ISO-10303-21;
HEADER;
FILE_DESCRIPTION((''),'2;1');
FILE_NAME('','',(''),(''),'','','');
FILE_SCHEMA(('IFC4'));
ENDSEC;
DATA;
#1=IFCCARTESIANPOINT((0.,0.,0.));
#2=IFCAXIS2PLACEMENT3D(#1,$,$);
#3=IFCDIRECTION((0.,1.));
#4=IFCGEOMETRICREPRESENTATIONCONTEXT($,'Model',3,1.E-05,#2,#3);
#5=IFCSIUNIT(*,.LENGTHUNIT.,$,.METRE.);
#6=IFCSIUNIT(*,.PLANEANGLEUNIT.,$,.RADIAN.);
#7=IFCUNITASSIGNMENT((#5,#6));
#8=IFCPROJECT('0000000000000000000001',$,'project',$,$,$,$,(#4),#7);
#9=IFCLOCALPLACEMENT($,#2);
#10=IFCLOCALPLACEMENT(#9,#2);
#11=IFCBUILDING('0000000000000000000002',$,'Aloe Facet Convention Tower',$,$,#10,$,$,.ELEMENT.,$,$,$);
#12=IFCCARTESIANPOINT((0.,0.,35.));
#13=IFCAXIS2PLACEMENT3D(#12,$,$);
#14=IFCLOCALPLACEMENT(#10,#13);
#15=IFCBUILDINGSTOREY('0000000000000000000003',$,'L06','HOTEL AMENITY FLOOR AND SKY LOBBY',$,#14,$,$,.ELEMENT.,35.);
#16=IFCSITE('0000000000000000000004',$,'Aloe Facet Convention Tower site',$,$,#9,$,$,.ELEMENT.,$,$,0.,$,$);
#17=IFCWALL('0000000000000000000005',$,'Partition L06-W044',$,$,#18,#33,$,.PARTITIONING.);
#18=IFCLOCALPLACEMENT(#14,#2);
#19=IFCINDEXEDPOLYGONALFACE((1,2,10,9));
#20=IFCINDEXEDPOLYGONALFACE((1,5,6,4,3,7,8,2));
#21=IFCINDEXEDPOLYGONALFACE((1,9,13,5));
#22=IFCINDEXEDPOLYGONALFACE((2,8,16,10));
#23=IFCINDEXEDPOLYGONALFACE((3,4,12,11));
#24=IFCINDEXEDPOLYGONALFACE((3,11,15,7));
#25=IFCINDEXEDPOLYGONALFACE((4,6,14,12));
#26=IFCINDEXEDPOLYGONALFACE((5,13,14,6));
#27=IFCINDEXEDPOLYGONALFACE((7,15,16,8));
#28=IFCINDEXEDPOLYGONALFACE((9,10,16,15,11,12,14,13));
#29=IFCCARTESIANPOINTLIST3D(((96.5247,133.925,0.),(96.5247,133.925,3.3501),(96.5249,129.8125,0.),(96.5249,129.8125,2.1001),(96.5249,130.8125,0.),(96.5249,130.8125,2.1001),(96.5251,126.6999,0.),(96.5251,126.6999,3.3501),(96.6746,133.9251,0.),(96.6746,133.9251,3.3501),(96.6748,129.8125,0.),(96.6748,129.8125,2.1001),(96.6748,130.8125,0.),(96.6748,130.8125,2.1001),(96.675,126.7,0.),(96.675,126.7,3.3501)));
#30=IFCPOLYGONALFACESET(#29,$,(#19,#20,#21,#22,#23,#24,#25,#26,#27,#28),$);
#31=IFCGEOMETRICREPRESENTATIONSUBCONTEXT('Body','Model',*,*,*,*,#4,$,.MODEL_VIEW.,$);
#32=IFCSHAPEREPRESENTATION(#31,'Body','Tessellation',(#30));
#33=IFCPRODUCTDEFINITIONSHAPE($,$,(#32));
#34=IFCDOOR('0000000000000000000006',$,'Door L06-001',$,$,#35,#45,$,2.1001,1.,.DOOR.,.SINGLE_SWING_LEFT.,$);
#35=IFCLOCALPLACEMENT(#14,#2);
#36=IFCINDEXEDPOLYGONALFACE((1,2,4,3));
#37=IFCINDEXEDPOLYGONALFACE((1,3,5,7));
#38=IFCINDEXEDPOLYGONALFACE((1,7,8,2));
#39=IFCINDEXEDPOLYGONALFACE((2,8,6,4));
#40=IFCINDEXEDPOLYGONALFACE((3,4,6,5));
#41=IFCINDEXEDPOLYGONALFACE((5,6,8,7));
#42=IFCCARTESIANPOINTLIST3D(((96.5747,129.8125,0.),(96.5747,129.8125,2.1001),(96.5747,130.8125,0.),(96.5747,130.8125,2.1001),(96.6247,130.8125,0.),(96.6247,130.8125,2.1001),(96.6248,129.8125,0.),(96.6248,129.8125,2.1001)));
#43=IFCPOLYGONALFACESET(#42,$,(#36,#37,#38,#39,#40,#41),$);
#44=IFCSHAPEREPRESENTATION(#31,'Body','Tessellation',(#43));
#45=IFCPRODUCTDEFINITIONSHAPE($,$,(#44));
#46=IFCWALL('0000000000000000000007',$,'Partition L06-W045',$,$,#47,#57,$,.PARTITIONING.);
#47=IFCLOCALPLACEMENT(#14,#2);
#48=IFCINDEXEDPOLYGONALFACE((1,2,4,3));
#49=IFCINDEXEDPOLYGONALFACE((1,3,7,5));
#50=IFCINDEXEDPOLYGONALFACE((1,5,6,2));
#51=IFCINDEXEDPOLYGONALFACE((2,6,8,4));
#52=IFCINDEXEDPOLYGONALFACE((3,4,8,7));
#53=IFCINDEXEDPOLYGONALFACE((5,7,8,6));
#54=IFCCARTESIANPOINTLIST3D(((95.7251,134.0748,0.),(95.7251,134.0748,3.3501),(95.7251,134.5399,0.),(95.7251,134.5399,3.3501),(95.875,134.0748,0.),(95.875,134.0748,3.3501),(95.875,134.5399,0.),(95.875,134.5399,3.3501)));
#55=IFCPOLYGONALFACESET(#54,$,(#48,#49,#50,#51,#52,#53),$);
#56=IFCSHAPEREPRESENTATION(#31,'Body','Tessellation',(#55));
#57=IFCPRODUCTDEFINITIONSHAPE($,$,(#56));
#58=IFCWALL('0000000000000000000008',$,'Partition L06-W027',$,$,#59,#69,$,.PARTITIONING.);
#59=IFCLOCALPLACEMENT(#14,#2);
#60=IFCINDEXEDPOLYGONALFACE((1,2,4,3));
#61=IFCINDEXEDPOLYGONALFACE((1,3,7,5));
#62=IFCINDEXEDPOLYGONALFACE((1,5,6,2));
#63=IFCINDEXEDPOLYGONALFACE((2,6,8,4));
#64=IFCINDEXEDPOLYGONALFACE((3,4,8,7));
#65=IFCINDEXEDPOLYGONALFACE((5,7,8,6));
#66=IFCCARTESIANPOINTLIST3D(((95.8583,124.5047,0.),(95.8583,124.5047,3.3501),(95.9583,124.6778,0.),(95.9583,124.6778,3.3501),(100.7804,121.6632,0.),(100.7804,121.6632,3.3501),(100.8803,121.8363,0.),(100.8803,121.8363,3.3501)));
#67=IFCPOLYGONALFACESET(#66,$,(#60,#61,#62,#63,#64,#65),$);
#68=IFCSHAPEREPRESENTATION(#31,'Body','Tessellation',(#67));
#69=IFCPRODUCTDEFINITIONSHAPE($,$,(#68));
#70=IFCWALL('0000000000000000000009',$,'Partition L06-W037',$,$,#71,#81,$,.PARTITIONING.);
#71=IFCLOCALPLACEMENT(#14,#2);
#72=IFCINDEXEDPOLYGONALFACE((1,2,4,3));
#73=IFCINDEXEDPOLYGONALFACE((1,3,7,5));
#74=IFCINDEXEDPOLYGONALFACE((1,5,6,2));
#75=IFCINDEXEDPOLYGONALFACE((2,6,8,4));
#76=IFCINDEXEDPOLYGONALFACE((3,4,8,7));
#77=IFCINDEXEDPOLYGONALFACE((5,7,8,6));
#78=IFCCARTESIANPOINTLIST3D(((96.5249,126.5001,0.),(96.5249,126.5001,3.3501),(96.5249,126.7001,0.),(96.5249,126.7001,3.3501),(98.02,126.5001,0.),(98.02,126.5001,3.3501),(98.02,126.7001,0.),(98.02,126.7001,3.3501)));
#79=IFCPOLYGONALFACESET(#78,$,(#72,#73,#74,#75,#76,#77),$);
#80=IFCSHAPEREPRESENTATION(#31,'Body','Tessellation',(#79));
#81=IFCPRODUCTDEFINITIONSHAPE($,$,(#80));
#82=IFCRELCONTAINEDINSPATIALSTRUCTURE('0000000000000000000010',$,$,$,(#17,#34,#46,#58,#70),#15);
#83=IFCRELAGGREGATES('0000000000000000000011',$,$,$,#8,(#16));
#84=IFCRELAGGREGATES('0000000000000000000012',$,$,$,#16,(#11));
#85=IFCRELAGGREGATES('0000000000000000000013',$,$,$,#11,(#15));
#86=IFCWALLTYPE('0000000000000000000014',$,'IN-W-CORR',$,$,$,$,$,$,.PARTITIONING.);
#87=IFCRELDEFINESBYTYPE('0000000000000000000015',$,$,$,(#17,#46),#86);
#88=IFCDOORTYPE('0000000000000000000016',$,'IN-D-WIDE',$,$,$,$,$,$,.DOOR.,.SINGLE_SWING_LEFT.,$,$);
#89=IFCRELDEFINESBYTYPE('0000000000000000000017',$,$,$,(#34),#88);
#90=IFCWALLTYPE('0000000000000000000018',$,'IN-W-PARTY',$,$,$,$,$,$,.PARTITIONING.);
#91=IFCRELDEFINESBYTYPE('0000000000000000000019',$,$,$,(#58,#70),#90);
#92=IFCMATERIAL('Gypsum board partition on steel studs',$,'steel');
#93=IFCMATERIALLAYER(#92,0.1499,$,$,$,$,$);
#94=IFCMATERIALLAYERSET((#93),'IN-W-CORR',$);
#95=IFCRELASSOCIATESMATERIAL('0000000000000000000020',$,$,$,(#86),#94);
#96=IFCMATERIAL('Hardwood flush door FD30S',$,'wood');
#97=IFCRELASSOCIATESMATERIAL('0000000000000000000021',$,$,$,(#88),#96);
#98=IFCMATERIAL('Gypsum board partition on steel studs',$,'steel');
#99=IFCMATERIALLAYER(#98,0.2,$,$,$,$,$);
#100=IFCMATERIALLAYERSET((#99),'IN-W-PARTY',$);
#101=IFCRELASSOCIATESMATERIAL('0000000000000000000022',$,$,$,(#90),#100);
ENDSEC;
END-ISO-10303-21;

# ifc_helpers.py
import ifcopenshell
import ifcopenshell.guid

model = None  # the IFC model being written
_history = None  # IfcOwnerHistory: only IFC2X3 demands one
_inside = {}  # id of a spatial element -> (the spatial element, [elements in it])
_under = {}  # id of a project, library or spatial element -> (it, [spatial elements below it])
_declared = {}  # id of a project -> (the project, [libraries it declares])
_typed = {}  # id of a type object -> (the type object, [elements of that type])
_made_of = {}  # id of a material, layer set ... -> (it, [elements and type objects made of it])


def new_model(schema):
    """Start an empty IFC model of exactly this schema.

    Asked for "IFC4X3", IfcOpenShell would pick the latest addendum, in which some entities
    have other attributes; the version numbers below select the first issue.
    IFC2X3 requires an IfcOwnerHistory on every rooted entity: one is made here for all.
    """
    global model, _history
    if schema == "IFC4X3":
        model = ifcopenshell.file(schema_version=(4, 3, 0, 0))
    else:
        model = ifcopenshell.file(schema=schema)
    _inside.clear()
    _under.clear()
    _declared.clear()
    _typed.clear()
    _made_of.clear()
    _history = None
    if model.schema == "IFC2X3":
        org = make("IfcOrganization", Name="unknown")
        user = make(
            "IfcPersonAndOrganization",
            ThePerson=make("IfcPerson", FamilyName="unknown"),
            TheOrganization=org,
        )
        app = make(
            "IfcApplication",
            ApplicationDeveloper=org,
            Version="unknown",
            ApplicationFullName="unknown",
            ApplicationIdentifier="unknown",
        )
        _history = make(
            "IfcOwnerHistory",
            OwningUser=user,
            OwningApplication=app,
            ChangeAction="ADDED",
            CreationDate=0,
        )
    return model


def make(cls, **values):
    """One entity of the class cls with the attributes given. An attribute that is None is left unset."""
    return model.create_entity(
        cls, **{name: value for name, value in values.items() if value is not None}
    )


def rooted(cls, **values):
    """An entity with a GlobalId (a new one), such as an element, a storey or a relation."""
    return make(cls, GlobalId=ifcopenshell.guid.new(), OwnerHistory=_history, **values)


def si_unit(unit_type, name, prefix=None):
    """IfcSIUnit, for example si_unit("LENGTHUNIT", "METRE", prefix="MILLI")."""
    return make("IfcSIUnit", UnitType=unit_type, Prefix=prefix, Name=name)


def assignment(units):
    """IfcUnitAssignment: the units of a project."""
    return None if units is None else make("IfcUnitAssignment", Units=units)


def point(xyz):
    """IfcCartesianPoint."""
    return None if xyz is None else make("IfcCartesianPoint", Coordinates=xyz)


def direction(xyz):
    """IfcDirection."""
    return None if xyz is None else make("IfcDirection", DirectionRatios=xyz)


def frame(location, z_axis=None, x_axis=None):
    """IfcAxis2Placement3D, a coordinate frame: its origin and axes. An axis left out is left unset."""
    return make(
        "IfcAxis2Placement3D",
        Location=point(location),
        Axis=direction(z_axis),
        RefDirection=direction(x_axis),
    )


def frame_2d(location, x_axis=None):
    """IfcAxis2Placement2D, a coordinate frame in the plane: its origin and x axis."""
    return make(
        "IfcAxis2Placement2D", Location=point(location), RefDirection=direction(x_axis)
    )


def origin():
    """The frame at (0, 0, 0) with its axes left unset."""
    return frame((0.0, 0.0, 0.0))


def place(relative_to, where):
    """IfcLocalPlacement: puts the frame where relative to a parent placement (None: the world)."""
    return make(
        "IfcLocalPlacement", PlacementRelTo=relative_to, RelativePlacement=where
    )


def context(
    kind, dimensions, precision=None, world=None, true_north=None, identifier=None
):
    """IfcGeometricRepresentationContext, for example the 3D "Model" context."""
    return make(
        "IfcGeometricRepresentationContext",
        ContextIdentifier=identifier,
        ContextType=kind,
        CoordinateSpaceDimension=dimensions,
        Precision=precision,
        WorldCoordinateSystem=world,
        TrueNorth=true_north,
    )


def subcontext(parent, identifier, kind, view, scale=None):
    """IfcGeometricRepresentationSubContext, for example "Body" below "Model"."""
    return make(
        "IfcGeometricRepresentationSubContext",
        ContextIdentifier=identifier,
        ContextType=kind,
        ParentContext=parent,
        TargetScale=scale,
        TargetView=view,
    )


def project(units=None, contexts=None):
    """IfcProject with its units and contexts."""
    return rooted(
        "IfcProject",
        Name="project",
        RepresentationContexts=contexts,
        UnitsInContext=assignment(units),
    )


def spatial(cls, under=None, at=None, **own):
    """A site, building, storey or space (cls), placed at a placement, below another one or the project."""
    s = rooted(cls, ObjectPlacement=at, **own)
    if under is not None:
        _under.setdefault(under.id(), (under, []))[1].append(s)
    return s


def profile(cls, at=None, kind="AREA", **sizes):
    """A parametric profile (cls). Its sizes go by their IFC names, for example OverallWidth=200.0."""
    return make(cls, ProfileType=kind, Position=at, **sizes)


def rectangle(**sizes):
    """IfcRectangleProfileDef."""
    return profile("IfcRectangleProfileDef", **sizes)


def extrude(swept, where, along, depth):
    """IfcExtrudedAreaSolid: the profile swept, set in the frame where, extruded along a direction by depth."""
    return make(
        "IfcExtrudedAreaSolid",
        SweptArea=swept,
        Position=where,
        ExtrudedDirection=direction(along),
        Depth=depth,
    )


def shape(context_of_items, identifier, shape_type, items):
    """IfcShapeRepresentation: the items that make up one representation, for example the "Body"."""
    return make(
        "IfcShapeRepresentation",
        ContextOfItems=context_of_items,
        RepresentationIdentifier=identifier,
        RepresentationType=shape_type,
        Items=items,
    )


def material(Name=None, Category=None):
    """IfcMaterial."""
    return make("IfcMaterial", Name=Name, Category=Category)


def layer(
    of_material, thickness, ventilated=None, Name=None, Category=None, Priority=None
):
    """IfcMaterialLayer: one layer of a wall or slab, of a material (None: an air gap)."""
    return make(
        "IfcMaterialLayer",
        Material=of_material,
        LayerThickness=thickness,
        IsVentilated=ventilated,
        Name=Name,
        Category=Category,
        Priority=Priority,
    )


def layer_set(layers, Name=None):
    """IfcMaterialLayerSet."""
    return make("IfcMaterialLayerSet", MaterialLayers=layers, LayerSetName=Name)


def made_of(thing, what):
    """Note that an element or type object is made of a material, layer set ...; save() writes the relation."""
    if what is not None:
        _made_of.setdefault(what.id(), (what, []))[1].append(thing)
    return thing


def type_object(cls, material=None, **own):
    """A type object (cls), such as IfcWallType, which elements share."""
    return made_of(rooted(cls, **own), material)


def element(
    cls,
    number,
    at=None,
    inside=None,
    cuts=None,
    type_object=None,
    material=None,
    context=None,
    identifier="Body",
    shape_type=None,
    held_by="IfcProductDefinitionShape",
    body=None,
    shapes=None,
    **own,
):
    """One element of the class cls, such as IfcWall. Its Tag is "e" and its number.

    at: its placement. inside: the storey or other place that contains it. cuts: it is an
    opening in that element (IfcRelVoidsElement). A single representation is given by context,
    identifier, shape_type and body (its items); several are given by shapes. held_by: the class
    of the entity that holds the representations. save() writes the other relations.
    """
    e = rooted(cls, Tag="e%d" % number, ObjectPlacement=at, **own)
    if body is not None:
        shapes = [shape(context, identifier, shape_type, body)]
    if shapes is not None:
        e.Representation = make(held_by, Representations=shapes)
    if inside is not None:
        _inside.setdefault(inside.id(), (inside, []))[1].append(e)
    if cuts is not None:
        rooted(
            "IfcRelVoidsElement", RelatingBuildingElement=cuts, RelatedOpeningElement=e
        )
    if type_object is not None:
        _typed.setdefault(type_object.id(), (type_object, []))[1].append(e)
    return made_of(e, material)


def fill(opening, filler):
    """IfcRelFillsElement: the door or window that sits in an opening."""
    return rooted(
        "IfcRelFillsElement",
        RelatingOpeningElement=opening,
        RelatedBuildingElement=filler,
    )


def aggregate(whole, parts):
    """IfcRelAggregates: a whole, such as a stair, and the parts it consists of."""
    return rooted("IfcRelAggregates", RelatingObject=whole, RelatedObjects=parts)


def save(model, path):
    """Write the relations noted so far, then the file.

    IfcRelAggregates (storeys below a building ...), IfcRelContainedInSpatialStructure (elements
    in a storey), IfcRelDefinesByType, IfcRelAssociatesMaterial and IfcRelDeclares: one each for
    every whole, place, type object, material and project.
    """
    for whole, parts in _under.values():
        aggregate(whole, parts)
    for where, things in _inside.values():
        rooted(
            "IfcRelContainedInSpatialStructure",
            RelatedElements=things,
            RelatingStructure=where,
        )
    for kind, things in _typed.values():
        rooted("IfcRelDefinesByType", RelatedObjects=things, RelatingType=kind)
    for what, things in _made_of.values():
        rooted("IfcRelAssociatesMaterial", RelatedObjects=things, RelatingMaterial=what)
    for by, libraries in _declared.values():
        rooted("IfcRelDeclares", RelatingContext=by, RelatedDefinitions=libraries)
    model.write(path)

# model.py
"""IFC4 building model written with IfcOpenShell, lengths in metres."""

from ifc_helpers import new_model, si_unit, direction, frame, frame_2d, origin, place, context, subcontext, project, spatial, rectangle, extrude, material, layer, layer_set, type_object, element, fill, save


model = new_model("IFC4")

# Units and contexts
model_context = context("Model", 3, precision=1e-05, world=origin(), true_north=direction((0.0, 1.0)))
body_context = subcontext(model_context, "Body", "Model", "MODEL_VIEW")
ifc_project = project(units=[si_unit("LENGTHUNIT", "METRE"), si_unit("PLANEANGLEUNIT", "RADIAN")], contexts=[model_context])

# Site, building, storey
site_placement = place(None, origin())
site = spatial("IfcSite", under=ifc_project, at=site_placement, Name="Aloe Facet Convention Tower site", CompositionType="ELEMENT", RefElevation=0.0)
building_placement = place(site_placement, origin())
building = spatial("IfcBuilding", under=site, at=building_placement, Name="Aloe Facet Convention Tower", CompositionType="ELEMENT")
storey_placement = place(building_placement, frame((0.0, 0.0, 35.0)))
storey = spatial("IfcBuildingStorey", under=building, at=storey_placement, Name="L06", Description="HOTEL AMENITY FLOOR AND SKY LOBBY", CompositionType="ELEMENT", Elevation=35.0)

# Shared definitions
ifc_material_1 = material(Name="Gypsum board partition on steel studs", Category="steel")
ifc_layer_1 = layer(ifc_material_1, 0.1499)
ifc_layer_set_1 = layer_set([ifc_layer_1], Name="IN-W-CORR")
wall_type_1 = type_object("IfcWallType", Name="IN-W-CORR", PredefinedType="PARTITIONING", material=ifc_layer_set_1)
ifc_material_2 = material(Name="Hardwood flush door FD30S", Category="wood")
door_type_1 = type_object("IfcDoorType", Name="IN-D-WIDE", OperationType="SINGLE_SWING_LEFT", PredefinedType="DOOR", material=ifc_material_2)

# Wall, opening, door
wall_1_placement = place(storey_placement, frame((96.5996, 133.925, 0.0), z_axis=(0.0, 0.0, 1.0), x_axis=(0.000068, -1.0, 0.0)))
wall_1 = element("IfcWall", 1, at=wall_1_placement, inside=storey, type_object=wall_type_1, Name="Partition L06-W044", PredefinedType="PARTITIONING", context=body_context, shape_type="SweptSolid", body=[
    extrude(rectangle(XDim=7.2251, YDim=0.1499, at=frame_2d((3.6125, 0.0))), origin(), (0.0, 0.0, 1.0), 3.3501),
])
opening_1_placement = place(wall_1_placement, frame((3.1125, 0.0, 0.0)))
opening_1 = element("IfcOpeningElement", 2, at=opening_1_placement, cuts=wall_1, PredefinedType="OPENING", context=body_context, shape_type="SweptSolid", body=[
    extrude(rectangle(XDim=1.0, YDim=2.1001, at=frame_2d((0.5, 1.05))), frame((0.0, 0.085, 0.0), z_axis=(0.0, -1.0, 0.0), x_axis=(1.0, 0.0, 0.0)), (0.0, 0.0, 1.0), 0.1699),
])
door_1_placement = place(opening_1_placement, origin())
door_1 = element("IfcDoor", 3, at=door_1_placement, inside=storey, type_object=door_type_1, Name="Door L06-001", OperationType="SINGLE_SWING_LEFT", OverallHeight=2.1001, OverallWidth=1.0, PredefinedType="DOOR", context=body_context, shape_type="SweptSolid", body=[
    extrude(rectangle(XDim=1.0, YDim=2.1001, at=frame_2d((0.5, 1.05))), frame((0.0, 0.0249, 0.0), z_axis=(0.0, -1.0, 0.0), x_axis=(1.0, 0.0, 0.0)), (0.0, 0.0, 1.0), 0.05),
])
fill(opening_1, door_1)

# Walls
wall_2_placement = place(storey_placement, frame((95.8, 134.075, 0.0), z_axis=(0.0, 0.0, 1.0), x_axis=(0.0, 1.0, 0.0)))
element("IfcWall", 4, at=wall_2_placement, inside=storey, type_object=wall_type_1, Name="Partition L06-W045", PredefinedType="PARTITIONING", context=body_context, shape_type="SweptSolid", body=[
    extrude(rectangle(XDim=0.4651, YDim=0.1499, at=frame_2d((0.2324, 0.0))), origin(), (0.0, 0.0, 1.0), 3.3501),
])
ifc_material_3 = material(Name="Gypsum board partition on steel studs", Category="steel")
ifc_layer_2 = layer(ifc_material_3, 0.2)
ifc_layer_set_2 = layer_set([ifc_layer_2], Name="IN-W-PARTY")
wall_type_2 = type_object("IfcWallType", Name="IN-W-PARTY", PredefinedType="PARTITIONING", material=ifc_layer_set_2)
wall_3_placement = place(storey_placement, frame((95.9082, 124.5913, 0.0), z_axis=(0.0, 0.0, 1.0), x_axis=(0.866043, -0.499969, 0.0)))
element("IfcWall", 5, at=wall_3_placement, inside=storey, type_object=wall_type_2, Name="Partition L06-W027", PredefinedType="PARTITIONING", context=body_context, shape_type="SweptSolid", body=[
    extrude(rectangle(XDim=5.6833, YDim=0.2, at=frame_2d((2.8418, 0.0))), origin(), (0.0, 0.0, 1.0), 3.3501),
])
wall_4_placement = place(storey_placement, frame((96.5249, 126.6001, 0.0), z_axis=(0.0, 0.0, 1.0), x_axis=(1.0, 0.0, 0.0)))
element("IfcWall", 6, at=wall_4_placement, inside=storey, type_object=wall_type_2, Name="Partition L06-W037", PredefinedType="PARTITIONING", context=body_context, shape_type="SweptSolid", body=[
    extrude(rectangle(XDim=1.4951, YDim=0.2, at=frame_2d((0.7476, 0.0))), origin(), (0.0, 0.0, 1.0), 3.3501),
])

save(model, "model.ifc")
